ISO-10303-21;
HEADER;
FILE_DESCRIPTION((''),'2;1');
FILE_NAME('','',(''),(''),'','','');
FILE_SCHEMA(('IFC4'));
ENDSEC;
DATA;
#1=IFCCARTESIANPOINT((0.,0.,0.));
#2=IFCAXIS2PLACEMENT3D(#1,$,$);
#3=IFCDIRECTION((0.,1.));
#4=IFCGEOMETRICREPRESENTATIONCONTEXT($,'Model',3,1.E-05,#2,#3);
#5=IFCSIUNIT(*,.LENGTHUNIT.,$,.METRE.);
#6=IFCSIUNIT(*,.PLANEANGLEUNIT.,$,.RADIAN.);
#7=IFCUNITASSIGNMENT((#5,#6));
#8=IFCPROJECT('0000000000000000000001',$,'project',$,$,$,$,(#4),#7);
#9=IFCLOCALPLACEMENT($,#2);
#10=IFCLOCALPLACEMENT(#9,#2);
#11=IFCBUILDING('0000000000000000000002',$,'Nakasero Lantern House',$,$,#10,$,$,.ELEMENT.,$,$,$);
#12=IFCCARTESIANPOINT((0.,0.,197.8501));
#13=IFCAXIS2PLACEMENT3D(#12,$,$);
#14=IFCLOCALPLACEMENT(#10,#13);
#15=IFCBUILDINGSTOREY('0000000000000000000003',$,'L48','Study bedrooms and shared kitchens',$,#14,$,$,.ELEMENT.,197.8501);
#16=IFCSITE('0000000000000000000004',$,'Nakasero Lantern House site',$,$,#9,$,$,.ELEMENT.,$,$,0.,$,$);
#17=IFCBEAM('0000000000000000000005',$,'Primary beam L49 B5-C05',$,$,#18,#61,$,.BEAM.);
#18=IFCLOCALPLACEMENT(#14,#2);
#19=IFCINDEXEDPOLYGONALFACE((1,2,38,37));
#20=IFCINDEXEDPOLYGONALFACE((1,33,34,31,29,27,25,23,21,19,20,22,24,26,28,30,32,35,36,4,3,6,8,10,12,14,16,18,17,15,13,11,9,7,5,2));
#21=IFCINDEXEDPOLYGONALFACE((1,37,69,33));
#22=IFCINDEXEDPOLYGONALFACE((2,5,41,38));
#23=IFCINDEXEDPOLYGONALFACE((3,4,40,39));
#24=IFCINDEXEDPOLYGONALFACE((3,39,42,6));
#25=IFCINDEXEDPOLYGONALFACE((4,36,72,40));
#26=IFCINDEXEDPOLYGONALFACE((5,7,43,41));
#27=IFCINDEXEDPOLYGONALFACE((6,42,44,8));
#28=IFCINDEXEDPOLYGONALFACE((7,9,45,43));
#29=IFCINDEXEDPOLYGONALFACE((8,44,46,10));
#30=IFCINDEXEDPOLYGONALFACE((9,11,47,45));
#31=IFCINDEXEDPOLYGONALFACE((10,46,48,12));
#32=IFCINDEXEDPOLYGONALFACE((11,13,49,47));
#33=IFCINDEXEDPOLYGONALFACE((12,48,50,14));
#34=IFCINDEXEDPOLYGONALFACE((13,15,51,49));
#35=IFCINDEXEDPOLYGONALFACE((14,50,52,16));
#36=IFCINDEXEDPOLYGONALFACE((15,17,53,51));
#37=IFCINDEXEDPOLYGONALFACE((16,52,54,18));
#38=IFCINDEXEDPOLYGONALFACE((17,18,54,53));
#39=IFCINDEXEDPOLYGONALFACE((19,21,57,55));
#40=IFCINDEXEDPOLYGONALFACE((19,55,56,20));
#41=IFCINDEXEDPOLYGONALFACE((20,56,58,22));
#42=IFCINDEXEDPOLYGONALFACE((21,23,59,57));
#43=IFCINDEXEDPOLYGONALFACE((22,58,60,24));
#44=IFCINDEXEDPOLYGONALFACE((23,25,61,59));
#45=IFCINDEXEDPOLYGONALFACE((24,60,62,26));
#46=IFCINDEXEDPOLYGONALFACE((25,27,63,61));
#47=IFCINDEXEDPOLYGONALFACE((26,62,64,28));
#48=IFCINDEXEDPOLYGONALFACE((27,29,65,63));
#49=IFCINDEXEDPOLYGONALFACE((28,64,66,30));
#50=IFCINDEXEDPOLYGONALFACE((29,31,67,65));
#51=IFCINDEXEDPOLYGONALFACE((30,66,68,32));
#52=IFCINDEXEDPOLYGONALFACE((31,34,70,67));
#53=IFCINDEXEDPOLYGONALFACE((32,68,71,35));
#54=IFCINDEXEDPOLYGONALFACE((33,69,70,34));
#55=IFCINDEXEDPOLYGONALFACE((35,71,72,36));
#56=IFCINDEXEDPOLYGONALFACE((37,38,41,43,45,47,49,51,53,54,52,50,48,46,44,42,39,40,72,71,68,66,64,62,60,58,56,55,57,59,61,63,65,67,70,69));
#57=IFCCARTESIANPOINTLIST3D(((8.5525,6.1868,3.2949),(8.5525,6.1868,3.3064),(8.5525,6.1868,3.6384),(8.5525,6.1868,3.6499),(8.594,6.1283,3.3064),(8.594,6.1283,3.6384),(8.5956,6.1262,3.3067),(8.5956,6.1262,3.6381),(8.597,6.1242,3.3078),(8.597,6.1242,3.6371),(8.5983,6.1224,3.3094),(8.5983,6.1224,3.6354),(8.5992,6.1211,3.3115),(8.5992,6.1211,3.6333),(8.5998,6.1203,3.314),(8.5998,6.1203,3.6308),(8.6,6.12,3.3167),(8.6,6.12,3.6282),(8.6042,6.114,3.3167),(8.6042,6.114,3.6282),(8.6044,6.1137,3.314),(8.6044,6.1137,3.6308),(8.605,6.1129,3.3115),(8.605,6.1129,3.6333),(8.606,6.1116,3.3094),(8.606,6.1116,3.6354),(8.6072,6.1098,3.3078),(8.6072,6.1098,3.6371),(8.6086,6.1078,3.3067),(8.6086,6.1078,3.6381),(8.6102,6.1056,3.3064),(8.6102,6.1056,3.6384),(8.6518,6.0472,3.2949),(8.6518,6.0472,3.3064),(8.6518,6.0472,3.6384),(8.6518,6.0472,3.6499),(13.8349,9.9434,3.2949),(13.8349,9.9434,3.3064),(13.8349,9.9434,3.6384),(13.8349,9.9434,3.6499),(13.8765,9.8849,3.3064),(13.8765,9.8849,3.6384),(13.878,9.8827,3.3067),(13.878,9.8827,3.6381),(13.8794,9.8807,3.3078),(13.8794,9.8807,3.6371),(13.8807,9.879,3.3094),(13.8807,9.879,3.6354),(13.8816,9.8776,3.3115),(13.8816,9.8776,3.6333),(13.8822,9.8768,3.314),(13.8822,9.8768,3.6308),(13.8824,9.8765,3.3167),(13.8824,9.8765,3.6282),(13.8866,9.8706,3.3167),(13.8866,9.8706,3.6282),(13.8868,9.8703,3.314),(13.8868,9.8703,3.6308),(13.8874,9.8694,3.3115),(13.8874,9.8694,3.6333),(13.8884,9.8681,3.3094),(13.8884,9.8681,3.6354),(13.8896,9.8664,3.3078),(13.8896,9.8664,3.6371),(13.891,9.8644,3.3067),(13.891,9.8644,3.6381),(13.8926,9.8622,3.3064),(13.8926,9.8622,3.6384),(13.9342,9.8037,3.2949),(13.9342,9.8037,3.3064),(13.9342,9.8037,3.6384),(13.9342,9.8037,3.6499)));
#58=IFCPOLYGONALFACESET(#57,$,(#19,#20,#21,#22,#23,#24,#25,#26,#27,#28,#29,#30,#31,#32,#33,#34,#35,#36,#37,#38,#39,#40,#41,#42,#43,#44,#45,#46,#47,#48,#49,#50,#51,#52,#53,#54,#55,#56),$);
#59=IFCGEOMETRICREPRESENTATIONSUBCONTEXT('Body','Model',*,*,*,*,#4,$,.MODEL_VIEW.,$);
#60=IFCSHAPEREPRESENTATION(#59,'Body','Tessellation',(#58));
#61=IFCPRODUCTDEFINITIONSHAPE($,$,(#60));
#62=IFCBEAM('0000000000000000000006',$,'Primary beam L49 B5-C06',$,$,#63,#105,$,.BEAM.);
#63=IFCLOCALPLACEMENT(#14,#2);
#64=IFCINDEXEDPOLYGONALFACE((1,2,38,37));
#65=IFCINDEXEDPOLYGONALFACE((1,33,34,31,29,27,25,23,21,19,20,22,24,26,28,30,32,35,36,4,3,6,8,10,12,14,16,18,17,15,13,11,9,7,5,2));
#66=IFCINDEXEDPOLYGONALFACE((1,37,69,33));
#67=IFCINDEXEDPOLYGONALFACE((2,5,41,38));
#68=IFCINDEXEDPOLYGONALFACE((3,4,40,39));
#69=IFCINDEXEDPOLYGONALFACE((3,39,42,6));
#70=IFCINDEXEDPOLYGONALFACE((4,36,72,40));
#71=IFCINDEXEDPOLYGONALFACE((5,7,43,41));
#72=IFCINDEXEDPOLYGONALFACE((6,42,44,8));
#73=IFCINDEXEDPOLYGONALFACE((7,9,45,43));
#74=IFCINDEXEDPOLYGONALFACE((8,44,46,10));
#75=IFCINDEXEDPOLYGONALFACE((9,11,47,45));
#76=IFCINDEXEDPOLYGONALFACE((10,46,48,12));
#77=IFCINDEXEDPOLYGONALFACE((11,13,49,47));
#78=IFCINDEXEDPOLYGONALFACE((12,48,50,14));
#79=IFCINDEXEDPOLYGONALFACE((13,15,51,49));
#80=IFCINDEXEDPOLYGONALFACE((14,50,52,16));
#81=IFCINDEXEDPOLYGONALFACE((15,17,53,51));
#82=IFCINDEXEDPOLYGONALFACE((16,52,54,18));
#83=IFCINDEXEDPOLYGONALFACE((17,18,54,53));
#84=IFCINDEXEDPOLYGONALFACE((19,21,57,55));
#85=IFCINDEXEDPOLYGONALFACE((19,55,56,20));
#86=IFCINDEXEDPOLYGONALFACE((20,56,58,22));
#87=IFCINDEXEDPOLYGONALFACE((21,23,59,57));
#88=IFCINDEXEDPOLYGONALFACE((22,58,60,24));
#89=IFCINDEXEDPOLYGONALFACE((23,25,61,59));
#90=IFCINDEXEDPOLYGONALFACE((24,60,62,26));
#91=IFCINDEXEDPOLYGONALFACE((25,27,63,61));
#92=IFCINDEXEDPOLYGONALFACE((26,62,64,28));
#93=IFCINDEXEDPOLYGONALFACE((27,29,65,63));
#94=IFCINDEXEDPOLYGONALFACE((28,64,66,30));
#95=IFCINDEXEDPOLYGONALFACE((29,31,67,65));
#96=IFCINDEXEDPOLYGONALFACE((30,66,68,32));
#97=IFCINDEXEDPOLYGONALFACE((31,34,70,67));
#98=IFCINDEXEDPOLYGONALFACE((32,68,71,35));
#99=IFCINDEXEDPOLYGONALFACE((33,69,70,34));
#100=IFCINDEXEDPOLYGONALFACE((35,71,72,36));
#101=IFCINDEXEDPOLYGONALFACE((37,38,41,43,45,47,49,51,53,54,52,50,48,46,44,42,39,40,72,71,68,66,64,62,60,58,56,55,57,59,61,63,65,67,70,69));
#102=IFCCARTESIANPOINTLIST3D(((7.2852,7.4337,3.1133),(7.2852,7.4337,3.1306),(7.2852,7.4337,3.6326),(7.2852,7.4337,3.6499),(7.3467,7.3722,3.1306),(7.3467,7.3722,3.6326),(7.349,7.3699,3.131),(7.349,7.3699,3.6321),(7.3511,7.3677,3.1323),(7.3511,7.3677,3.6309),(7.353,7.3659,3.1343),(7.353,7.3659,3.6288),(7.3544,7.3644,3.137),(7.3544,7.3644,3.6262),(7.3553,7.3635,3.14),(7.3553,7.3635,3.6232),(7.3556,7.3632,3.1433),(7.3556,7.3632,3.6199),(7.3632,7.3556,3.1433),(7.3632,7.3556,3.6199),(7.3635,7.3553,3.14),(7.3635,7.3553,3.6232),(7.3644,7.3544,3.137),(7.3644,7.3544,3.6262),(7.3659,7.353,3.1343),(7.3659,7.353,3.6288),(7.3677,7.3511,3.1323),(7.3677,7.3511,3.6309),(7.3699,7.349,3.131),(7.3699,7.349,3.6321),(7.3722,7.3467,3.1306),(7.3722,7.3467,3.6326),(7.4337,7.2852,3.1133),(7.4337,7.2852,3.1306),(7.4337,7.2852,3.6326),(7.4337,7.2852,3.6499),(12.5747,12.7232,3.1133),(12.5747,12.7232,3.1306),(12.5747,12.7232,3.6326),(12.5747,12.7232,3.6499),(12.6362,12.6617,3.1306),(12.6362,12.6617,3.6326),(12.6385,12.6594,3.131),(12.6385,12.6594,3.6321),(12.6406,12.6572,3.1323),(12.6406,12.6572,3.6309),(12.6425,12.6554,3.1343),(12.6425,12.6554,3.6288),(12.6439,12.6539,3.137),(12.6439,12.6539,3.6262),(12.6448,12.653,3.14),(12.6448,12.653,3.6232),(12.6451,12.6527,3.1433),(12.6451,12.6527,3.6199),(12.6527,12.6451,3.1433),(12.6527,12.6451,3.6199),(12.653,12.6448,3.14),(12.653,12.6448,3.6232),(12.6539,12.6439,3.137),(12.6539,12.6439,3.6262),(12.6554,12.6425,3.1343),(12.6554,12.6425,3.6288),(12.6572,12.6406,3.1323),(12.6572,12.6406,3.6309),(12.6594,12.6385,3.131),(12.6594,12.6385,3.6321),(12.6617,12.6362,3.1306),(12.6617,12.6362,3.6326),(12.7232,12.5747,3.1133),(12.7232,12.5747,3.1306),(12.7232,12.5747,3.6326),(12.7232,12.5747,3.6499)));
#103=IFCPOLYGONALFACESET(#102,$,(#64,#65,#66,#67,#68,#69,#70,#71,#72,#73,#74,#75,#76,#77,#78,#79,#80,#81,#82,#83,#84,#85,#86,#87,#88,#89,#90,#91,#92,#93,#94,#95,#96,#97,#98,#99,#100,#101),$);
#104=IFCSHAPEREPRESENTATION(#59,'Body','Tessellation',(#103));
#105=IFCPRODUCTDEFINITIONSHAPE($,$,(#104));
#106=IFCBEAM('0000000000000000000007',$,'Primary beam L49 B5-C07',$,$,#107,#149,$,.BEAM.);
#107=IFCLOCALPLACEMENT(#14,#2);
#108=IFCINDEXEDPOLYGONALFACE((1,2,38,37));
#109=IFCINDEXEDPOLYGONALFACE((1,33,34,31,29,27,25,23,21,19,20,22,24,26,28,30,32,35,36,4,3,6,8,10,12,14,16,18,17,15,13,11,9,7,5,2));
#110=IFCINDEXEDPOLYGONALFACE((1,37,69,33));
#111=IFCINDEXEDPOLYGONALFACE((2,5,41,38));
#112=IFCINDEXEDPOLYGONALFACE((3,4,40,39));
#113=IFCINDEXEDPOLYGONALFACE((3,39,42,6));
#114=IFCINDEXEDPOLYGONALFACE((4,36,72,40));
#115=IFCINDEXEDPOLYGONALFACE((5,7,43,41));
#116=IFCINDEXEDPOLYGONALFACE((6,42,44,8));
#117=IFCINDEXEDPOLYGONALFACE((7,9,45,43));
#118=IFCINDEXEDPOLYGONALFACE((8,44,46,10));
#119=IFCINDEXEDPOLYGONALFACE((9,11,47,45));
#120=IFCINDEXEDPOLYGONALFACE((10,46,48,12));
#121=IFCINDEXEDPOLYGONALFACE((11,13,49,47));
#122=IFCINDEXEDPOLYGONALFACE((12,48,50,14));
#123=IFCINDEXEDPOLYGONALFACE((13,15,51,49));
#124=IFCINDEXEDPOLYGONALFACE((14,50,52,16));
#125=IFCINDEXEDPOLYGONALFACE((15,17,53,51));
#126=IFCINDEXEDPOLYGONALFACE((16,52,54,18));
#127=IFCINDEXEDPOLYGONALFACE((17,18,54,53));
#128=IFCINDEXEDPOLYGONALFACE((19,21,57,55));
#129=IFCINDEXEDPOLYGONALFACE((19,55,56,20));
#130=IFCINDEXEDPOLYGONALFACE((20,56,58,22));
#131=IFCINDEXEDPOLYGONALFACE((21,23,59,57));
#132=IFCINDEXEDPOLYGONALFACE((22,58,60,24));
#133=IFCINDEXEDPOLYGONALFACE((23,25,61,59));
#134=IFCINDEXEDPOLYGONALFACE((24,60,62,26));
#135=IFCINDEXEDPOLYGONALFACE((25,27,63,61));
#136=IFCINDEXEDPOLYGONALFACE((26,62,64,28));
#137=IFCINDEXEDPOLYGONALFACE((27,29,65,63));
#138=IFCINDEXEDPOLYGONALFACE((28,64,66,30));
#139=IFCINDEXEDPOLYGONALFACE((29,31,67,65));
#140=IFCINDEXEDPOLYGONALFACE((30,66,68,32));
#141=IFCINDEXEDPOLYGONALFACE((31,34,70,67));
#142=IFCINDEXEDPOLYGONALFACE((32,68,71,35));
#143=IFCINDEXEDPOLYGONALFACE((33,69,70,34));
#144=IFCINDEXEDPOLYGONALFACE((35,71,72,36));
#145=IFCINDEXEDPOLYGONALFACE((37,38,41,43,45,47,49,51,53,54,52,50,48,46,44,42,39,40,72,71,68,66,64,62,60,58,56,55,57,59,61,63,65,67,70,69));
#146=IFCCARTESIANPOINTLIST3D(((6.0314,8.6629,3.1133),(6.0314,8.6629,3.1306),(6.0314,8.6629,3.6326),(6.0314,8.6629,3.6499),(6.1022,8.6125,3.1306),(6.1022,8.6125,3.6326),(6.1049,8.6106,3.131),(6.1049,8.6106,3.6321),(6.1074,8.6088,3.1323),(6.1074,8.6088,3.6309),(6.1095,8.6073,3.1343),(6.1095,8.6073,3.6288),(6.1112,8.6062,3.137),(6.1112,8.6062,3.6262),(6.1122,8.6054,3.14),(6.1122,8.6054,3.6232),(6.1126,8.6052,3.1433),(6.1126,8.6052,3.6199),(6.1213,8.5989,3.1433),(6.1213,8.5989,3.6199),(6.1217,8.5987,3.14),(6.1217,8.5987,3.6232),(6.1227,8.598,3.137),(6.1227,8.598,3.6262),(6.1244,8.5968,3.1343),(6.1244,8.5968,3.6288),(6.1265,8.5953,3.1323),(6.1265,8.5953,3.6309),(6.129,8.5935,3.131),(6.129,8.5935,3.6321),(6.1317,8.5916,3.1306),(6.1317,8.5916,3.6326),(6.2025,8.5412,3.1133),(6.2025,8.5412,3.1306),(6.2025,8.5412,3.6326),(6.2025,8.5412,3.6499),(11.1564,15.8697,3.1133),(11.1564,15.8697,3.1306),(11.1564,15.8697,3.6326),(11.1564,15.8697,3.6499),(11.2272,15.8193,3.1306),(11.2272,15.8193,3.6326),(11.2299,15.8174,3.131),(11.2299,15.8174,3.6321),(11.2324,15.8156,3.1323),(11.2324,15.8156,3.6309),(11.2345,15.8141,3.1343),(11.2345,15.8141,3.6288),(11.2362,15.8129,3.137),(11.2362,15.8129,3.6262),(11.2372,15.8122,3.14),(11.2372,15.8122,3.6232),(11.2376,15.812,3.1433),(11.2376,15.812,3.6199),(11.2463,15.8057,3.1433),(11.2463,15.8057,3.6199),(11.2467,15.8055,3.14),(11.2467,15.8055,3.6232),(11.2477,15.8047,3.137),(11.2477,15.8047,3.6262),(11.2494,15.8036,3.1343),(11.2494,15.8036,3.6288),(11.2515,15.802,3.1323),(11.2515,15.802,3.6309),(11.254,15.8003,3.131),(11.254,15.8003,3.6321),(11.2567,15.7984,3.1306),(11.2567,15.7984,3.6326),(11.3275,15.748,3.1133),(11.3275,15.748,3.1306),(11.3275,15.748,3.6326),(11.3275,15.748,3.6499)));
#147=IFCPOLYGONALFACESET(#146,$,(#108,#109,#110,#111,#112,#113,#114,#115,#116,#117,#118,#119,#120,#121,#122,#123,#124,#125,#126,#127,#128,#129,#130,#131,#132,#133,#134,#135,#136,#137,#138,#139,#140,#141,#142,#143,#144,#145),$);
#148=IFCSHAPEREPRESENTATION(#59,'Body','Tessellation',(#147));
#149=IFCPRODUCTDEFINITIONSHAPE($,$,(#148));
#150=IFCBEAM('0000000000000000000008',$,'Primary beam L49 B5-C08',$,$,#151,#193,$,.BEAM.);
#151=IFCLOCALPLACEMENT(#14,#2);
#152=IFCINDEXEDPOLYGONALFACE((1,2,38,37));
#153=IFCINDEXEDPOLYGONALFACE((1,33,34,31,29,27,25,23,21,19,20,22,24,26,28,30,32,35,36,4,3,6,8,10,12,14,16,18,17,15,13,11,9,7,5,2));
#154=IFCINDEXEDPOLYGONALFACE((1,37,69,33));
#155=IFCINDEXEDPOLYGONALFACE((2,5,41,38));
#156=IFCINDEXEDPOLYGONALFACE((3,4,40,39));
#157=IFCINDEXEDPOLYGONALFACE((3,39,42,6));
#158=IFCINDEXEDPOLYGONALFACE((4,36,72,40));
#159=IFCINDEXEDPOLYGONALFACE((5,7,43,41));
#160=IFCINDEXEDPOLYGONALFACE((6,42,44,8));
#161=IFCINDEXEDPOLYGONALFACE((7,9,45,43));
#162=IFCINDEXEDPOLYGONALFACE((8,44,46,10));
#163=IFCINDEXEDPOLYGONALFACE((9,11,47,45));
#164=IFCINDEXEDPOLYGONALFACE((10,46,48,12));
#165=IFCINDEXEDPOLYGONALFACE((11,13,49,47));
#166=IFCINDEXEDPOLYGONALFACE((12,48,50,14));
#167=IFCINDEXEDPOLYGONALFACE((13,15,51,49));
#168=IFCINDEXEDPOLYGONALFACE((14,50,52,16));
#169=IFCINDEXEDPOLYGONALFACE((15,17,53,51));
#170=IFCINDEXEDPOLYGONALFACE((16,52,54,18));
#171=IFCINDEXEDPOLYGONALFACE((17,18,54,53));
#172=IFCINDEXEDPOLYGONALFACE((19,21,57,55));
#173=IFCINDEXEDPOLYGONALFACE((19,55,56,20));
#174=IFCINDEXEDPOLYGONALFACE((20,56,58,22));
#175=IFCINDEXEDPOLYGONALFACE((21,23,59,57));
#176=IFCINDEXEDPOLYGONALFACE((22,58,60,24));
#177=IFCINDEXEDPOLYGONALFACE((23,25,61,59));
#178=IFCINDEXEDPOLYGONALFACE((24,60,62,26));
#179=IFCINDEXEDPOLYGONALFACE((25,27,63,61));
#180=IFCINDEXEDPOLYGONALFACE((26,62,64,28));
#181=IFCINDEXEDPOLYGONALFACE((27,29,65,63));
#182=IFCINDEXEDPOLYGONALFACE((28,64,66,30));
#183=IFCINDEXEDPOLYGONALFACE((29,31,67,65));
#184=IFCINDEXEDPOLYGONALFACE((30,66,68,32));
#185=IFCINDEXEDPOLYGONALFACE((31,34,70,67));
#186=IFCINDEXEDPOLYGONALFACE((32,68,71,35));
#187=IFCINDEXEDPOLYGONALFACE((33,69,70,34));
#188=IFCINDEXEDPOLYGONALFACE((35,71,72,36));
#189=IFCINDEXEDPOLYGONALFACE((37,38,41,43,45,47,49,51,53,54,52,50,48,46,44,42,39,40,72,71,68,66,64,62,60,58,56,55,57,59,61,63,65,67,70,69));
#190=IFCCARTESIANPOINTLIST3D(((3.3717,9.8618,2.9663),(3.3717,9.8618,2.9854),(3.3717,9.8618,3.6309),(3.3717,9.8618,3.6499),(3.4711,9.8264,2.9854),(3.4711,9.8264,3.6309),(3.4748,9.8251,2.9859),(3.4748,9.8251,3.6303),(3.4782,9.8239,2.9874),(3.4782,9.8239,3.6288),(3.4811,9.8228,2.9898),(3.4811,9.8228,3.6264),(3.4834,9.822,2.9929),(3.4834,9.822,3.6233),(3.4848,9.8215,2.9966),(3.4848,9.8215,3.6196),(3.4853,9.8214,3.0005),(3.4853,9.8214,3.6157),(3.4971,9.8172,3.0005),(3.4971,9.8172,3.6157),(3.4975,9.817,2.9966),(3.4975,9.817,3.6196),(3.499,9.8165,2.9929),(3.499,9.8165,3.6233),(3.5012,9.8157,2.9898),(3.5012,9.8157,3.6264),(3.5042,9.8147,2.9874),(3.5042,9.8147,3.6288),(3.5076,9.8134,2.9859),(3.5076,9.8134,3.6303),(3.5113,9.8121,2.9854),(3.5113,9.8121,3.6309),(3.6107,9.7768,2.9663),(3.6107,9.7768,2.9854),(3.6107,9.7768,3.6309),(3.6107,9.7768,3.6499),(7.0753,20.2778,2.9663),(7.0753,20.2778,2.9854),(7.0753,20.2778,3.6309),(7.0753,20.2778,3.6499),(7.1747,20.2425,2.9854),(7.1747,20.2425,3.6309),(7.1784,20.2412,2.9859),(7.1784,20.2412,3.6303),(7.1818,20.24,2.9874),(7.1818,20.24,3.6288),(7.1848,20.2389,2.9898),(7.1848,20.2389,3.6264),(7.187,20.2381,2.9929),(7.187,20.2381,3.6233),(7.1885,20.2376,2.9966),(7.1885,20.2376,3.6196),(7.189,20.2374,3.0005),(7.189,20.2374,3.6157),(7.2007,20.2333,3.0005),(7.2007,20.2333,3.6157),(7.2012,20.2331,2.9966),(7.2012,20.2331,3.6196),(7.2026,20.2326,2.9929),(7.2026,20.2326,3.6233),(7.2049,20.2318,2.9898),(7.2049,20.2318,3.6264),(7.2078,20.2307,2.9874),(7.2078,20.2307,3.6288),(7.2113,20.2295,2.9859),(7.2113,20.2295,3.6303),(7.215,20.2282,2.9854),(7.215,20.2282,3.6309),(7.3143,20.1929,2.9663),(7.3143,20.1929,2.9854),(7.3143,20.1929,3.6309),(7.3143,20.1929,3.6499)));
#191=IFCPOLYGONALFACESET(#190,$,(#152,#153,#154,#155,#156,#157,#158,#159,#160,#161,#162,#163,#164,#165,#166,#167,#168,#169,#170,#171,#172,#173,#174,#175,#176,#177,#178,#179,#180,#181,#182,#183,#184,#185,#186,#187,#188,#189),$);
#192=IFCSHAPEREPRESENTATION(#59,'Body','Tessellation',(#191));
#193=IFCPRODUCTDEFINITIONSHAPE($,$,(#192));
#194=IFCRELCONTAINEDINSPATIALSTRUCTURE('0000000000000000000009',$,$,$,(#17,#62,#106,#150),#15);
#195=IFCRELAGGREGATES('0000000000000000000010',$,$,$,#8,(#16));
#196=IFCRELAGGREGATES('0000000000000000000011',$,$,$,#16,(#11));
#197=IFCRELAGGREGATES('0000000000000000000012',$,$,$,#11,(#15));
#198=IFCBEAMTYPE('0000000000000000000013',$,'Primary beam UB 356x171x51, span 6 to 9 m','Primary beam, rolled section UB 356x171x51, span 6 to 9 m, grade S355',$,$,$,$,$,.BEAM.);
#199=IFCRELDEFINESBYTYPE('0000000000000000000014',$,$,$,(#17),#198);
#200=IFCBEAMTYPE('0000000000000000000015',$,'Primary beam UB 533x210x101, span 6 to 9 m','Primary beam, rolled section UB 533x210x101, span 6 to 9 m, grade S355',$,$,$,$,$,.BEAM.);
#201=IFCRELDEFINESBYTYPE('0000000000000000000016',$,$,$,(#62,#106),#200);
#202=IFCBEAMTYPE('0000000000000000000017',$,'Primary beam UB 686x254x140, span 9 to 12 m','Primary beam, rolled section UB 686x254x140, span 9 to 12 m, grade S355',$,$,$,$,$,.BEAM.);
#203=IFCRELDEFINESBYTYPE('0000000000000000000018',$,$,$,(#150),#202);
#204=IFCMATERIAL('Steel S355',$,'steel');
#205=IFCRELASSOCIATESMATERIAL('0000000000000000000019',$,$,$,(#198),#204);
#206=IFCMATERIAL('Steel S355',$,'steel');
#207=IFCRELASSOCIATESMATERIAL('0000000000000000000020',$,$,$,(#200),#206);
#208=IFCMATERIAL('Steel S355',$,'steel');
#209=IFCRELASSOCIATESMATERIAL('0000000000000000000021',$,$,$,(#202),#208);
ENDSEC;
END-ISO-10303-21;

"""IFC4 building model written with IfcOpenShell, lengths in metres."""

from ifc_helpers import new_model, si_unit, direction, frame, origin, origin_2d, place, context, subcontext, project, spatial, i_section, extrude, material, material_profile, profile_set, type_object, element, save


model = new_model("IFC4")

# Units and contexts
model_context = context("Model", 3, precision=1e-05, world=origin(), true_north=direction((0.0, 1.0)))
body_context = subcontext(model_context, "Body", "Model", "MODEL_VIEW")
ifc_project = project(units=[si_unit("LENGTHUNIT", "METRE"), si_unit("PLANEANGLEUNIT", "RADIAN")], contexts=[model_context])

# Site, building, storey
site_placement = place(None, origin())
site = spatial("IfcSite", under=ifc_project, at=site_placement, Name="Nakasero Lantern House site", CompositionType="ELEMENT", RefElevation=0.0)
building_placement = place(site_placement, origin())
building = spatial("IfcBuilding", under=site, at=building_placement, Name="Nakasero Lantern House", CompositionType="ELEMENT")
storey_placement = place(building_placement, frame((0.0, 0.0, 197.8501)))
storey = spatial("IfcBuildingStorey", under=building, at=storey_placement, Name="L48", Description="Study bedrooms and shared kitchens", CompositionType="ELEMENT", Elevation=197.8501)

# Beams
ifc_material_1 = material(Name="Steel S355", Category="steel")
ifc_material_profile_1 = material_profile(ifc_material_1, i_section(OverallWidth=0.1714, OverallDepth=0.355, WebThickness=0.0073, FlangeThickness=0.0115, FilletRadius=0.0103, at=origin_2d()), Name="UB 356x171x51")
ifc_profile_set_1 = profile_set([ifc_material_profile_1], Name="Steel S355")
beam_type_1 = type_object("IfcBeamType", Name="Primary beam UB 356x171x51, span 6 to 9 m", Description="Primary beam, rolled section UB 356x171x51, span 6 to 9 m, grade S355", PredefinedType="BEAM", material=ifc_profile_set_1)
beam_1_placement = place(storey_placement, frame((13.8845, 9.8735, 3.4724), z_axis=(-0.814943, -0.579541, 0.0), x_axis=(0.579541, -0.814943, 0.0)))
element("IfcBeam", 1, at=beam_1_placement, inside=storey, type_object=beam_type_1, Name="Primary beam L49 B5-C05", PredefinedType="BEAM", context=body_context, shape_type="SweptSolid", body=[
    extrude(i_section(OverallWidth=0.1714, OverallDepth=0.355, WebThickness=0.0073, FlangeThickness=0.0115, FilletRadius=0.0103, at=origin_2d()), origin(), (0.0, 0.0, 1.0), 6.4819),
])
ifc_material_2 = material(Name="Steel S355", Category="steel")
ifc_material_profile_2 = material_profile(ifc_material_2, i_section(OverallWidth=0.21, OverallDepth=0.5366, WebThickness=0.0107, FlangeThickness=0.0173, FilletRadius=0.0127, at=origin_2d()), Name="UB 533x210x101")
ifc_profile_set_2 = profile_set([ifc_material_profile_2], Name="Steel S355")
beam_type_2 = type_object("IfcBeamType", Name="Primary beam UB 533x210x101, span 6 to 9 m", Description="Primary beam, rolled section UB 533x210x101, span 6 to 9 m, grade S355", PredefinedType="BEAM", material=ifc_profile_set_2)
beam_2_placement = place(storey_placement, frame((12.6489, 12.6489, 3.3816), z_axis=(-0.707107, -0.707107, 0.0), x_axis=(0.707107, -0.707107, 0.0)))
element("IfcBeam", 2, at=beam_2_placement, inside=storey, type_object=beam_type_2, Name="Primary beam L49 B5-C06", PredefinedType="BEAM", context=body_context, shape_type="SweptSolid", body=[
    extrude(i_section(OverallWidth=0.21, OverallDepth=0.5366, WebThickness=0.0107, FlangeThickness=0.0173, FilletRadius=0.0127, at=origin_2d()), origin(), (0.0, 0.0, 1.0), 7.4805),
])
beam_3_placement = place(storey_placement, frame((11.2419, 15.8088, 3.3816), z_axis=(-0.579537, -0.814946, 0.0), x_axis=(0.814946, -0.579537, 0.0)))
element("IfcBeam", 3, at=beam_3_placement, inside=storey, type_object=beam_type_2, Name="Primary beam L49 B5-C07", PredefinedType="BEAM", context=body_context, shape_type="SweptSolid", body=[
    extrude(i_section(OverallWidth=0.21, OverallDepth=0.5366, WebThickness=0.0107, FlangeThickness=0.0173, FilletRadius=0.0127, at=origin_2d()), origin(), (0.0, 0.0, 1.0), 8.8433),
])
ifc_material_3 = material(Name="Steel S355", Category="steel")
ifc_material_profile_3 = material_profile(ifc_material_3, i_section(OverallWidth=0.2537, OverallDepth=0.6836, WebThickness=0.0125, FlangeThickness=0.019, FilletRadius=0.0151, at=origin_2d()), Name="UB 686x254x140")
ifc_profile_set_3 = profile_set([ifc_material_profile_3], Name="Steel S355")
beam_type_3 = type_object("IfcBeamType", Name="Primary beam UB 686x254x140, span 9 to 12 m", Description="Primary beam, rolled section UB 686x254x140, span 9 to 12 m, grade S355", PredefinedType="BEAM", material=ifc_profile_set_3)
beam_4_placement = place(storey_placement, frame((7.1948, 20.2354, 3.3081), z_axis=(-0.335021, -0.942211, 0.0), x_axis=(0.942211, -0.335021, 0.0)))
element("IfcBeam", 4, at=beam_4_placement, inside=storey, type_object=beam_type_3, Name="Primary beam L49 B5-C08", PredefinedType="BEAM", context=body_context, shape_type="SweptSolid", body=[
    extrude(i_section(OverallWidth=0.2537, OverallDepth=0.6836, WebThickness=0.0125, FlangeThickness=0.019, FilletRadius=0.0151, at=origin_2d()), origin(), (0.0, 0.0, 1.0), 11.0549),
])

save(model, "model.ifc")
